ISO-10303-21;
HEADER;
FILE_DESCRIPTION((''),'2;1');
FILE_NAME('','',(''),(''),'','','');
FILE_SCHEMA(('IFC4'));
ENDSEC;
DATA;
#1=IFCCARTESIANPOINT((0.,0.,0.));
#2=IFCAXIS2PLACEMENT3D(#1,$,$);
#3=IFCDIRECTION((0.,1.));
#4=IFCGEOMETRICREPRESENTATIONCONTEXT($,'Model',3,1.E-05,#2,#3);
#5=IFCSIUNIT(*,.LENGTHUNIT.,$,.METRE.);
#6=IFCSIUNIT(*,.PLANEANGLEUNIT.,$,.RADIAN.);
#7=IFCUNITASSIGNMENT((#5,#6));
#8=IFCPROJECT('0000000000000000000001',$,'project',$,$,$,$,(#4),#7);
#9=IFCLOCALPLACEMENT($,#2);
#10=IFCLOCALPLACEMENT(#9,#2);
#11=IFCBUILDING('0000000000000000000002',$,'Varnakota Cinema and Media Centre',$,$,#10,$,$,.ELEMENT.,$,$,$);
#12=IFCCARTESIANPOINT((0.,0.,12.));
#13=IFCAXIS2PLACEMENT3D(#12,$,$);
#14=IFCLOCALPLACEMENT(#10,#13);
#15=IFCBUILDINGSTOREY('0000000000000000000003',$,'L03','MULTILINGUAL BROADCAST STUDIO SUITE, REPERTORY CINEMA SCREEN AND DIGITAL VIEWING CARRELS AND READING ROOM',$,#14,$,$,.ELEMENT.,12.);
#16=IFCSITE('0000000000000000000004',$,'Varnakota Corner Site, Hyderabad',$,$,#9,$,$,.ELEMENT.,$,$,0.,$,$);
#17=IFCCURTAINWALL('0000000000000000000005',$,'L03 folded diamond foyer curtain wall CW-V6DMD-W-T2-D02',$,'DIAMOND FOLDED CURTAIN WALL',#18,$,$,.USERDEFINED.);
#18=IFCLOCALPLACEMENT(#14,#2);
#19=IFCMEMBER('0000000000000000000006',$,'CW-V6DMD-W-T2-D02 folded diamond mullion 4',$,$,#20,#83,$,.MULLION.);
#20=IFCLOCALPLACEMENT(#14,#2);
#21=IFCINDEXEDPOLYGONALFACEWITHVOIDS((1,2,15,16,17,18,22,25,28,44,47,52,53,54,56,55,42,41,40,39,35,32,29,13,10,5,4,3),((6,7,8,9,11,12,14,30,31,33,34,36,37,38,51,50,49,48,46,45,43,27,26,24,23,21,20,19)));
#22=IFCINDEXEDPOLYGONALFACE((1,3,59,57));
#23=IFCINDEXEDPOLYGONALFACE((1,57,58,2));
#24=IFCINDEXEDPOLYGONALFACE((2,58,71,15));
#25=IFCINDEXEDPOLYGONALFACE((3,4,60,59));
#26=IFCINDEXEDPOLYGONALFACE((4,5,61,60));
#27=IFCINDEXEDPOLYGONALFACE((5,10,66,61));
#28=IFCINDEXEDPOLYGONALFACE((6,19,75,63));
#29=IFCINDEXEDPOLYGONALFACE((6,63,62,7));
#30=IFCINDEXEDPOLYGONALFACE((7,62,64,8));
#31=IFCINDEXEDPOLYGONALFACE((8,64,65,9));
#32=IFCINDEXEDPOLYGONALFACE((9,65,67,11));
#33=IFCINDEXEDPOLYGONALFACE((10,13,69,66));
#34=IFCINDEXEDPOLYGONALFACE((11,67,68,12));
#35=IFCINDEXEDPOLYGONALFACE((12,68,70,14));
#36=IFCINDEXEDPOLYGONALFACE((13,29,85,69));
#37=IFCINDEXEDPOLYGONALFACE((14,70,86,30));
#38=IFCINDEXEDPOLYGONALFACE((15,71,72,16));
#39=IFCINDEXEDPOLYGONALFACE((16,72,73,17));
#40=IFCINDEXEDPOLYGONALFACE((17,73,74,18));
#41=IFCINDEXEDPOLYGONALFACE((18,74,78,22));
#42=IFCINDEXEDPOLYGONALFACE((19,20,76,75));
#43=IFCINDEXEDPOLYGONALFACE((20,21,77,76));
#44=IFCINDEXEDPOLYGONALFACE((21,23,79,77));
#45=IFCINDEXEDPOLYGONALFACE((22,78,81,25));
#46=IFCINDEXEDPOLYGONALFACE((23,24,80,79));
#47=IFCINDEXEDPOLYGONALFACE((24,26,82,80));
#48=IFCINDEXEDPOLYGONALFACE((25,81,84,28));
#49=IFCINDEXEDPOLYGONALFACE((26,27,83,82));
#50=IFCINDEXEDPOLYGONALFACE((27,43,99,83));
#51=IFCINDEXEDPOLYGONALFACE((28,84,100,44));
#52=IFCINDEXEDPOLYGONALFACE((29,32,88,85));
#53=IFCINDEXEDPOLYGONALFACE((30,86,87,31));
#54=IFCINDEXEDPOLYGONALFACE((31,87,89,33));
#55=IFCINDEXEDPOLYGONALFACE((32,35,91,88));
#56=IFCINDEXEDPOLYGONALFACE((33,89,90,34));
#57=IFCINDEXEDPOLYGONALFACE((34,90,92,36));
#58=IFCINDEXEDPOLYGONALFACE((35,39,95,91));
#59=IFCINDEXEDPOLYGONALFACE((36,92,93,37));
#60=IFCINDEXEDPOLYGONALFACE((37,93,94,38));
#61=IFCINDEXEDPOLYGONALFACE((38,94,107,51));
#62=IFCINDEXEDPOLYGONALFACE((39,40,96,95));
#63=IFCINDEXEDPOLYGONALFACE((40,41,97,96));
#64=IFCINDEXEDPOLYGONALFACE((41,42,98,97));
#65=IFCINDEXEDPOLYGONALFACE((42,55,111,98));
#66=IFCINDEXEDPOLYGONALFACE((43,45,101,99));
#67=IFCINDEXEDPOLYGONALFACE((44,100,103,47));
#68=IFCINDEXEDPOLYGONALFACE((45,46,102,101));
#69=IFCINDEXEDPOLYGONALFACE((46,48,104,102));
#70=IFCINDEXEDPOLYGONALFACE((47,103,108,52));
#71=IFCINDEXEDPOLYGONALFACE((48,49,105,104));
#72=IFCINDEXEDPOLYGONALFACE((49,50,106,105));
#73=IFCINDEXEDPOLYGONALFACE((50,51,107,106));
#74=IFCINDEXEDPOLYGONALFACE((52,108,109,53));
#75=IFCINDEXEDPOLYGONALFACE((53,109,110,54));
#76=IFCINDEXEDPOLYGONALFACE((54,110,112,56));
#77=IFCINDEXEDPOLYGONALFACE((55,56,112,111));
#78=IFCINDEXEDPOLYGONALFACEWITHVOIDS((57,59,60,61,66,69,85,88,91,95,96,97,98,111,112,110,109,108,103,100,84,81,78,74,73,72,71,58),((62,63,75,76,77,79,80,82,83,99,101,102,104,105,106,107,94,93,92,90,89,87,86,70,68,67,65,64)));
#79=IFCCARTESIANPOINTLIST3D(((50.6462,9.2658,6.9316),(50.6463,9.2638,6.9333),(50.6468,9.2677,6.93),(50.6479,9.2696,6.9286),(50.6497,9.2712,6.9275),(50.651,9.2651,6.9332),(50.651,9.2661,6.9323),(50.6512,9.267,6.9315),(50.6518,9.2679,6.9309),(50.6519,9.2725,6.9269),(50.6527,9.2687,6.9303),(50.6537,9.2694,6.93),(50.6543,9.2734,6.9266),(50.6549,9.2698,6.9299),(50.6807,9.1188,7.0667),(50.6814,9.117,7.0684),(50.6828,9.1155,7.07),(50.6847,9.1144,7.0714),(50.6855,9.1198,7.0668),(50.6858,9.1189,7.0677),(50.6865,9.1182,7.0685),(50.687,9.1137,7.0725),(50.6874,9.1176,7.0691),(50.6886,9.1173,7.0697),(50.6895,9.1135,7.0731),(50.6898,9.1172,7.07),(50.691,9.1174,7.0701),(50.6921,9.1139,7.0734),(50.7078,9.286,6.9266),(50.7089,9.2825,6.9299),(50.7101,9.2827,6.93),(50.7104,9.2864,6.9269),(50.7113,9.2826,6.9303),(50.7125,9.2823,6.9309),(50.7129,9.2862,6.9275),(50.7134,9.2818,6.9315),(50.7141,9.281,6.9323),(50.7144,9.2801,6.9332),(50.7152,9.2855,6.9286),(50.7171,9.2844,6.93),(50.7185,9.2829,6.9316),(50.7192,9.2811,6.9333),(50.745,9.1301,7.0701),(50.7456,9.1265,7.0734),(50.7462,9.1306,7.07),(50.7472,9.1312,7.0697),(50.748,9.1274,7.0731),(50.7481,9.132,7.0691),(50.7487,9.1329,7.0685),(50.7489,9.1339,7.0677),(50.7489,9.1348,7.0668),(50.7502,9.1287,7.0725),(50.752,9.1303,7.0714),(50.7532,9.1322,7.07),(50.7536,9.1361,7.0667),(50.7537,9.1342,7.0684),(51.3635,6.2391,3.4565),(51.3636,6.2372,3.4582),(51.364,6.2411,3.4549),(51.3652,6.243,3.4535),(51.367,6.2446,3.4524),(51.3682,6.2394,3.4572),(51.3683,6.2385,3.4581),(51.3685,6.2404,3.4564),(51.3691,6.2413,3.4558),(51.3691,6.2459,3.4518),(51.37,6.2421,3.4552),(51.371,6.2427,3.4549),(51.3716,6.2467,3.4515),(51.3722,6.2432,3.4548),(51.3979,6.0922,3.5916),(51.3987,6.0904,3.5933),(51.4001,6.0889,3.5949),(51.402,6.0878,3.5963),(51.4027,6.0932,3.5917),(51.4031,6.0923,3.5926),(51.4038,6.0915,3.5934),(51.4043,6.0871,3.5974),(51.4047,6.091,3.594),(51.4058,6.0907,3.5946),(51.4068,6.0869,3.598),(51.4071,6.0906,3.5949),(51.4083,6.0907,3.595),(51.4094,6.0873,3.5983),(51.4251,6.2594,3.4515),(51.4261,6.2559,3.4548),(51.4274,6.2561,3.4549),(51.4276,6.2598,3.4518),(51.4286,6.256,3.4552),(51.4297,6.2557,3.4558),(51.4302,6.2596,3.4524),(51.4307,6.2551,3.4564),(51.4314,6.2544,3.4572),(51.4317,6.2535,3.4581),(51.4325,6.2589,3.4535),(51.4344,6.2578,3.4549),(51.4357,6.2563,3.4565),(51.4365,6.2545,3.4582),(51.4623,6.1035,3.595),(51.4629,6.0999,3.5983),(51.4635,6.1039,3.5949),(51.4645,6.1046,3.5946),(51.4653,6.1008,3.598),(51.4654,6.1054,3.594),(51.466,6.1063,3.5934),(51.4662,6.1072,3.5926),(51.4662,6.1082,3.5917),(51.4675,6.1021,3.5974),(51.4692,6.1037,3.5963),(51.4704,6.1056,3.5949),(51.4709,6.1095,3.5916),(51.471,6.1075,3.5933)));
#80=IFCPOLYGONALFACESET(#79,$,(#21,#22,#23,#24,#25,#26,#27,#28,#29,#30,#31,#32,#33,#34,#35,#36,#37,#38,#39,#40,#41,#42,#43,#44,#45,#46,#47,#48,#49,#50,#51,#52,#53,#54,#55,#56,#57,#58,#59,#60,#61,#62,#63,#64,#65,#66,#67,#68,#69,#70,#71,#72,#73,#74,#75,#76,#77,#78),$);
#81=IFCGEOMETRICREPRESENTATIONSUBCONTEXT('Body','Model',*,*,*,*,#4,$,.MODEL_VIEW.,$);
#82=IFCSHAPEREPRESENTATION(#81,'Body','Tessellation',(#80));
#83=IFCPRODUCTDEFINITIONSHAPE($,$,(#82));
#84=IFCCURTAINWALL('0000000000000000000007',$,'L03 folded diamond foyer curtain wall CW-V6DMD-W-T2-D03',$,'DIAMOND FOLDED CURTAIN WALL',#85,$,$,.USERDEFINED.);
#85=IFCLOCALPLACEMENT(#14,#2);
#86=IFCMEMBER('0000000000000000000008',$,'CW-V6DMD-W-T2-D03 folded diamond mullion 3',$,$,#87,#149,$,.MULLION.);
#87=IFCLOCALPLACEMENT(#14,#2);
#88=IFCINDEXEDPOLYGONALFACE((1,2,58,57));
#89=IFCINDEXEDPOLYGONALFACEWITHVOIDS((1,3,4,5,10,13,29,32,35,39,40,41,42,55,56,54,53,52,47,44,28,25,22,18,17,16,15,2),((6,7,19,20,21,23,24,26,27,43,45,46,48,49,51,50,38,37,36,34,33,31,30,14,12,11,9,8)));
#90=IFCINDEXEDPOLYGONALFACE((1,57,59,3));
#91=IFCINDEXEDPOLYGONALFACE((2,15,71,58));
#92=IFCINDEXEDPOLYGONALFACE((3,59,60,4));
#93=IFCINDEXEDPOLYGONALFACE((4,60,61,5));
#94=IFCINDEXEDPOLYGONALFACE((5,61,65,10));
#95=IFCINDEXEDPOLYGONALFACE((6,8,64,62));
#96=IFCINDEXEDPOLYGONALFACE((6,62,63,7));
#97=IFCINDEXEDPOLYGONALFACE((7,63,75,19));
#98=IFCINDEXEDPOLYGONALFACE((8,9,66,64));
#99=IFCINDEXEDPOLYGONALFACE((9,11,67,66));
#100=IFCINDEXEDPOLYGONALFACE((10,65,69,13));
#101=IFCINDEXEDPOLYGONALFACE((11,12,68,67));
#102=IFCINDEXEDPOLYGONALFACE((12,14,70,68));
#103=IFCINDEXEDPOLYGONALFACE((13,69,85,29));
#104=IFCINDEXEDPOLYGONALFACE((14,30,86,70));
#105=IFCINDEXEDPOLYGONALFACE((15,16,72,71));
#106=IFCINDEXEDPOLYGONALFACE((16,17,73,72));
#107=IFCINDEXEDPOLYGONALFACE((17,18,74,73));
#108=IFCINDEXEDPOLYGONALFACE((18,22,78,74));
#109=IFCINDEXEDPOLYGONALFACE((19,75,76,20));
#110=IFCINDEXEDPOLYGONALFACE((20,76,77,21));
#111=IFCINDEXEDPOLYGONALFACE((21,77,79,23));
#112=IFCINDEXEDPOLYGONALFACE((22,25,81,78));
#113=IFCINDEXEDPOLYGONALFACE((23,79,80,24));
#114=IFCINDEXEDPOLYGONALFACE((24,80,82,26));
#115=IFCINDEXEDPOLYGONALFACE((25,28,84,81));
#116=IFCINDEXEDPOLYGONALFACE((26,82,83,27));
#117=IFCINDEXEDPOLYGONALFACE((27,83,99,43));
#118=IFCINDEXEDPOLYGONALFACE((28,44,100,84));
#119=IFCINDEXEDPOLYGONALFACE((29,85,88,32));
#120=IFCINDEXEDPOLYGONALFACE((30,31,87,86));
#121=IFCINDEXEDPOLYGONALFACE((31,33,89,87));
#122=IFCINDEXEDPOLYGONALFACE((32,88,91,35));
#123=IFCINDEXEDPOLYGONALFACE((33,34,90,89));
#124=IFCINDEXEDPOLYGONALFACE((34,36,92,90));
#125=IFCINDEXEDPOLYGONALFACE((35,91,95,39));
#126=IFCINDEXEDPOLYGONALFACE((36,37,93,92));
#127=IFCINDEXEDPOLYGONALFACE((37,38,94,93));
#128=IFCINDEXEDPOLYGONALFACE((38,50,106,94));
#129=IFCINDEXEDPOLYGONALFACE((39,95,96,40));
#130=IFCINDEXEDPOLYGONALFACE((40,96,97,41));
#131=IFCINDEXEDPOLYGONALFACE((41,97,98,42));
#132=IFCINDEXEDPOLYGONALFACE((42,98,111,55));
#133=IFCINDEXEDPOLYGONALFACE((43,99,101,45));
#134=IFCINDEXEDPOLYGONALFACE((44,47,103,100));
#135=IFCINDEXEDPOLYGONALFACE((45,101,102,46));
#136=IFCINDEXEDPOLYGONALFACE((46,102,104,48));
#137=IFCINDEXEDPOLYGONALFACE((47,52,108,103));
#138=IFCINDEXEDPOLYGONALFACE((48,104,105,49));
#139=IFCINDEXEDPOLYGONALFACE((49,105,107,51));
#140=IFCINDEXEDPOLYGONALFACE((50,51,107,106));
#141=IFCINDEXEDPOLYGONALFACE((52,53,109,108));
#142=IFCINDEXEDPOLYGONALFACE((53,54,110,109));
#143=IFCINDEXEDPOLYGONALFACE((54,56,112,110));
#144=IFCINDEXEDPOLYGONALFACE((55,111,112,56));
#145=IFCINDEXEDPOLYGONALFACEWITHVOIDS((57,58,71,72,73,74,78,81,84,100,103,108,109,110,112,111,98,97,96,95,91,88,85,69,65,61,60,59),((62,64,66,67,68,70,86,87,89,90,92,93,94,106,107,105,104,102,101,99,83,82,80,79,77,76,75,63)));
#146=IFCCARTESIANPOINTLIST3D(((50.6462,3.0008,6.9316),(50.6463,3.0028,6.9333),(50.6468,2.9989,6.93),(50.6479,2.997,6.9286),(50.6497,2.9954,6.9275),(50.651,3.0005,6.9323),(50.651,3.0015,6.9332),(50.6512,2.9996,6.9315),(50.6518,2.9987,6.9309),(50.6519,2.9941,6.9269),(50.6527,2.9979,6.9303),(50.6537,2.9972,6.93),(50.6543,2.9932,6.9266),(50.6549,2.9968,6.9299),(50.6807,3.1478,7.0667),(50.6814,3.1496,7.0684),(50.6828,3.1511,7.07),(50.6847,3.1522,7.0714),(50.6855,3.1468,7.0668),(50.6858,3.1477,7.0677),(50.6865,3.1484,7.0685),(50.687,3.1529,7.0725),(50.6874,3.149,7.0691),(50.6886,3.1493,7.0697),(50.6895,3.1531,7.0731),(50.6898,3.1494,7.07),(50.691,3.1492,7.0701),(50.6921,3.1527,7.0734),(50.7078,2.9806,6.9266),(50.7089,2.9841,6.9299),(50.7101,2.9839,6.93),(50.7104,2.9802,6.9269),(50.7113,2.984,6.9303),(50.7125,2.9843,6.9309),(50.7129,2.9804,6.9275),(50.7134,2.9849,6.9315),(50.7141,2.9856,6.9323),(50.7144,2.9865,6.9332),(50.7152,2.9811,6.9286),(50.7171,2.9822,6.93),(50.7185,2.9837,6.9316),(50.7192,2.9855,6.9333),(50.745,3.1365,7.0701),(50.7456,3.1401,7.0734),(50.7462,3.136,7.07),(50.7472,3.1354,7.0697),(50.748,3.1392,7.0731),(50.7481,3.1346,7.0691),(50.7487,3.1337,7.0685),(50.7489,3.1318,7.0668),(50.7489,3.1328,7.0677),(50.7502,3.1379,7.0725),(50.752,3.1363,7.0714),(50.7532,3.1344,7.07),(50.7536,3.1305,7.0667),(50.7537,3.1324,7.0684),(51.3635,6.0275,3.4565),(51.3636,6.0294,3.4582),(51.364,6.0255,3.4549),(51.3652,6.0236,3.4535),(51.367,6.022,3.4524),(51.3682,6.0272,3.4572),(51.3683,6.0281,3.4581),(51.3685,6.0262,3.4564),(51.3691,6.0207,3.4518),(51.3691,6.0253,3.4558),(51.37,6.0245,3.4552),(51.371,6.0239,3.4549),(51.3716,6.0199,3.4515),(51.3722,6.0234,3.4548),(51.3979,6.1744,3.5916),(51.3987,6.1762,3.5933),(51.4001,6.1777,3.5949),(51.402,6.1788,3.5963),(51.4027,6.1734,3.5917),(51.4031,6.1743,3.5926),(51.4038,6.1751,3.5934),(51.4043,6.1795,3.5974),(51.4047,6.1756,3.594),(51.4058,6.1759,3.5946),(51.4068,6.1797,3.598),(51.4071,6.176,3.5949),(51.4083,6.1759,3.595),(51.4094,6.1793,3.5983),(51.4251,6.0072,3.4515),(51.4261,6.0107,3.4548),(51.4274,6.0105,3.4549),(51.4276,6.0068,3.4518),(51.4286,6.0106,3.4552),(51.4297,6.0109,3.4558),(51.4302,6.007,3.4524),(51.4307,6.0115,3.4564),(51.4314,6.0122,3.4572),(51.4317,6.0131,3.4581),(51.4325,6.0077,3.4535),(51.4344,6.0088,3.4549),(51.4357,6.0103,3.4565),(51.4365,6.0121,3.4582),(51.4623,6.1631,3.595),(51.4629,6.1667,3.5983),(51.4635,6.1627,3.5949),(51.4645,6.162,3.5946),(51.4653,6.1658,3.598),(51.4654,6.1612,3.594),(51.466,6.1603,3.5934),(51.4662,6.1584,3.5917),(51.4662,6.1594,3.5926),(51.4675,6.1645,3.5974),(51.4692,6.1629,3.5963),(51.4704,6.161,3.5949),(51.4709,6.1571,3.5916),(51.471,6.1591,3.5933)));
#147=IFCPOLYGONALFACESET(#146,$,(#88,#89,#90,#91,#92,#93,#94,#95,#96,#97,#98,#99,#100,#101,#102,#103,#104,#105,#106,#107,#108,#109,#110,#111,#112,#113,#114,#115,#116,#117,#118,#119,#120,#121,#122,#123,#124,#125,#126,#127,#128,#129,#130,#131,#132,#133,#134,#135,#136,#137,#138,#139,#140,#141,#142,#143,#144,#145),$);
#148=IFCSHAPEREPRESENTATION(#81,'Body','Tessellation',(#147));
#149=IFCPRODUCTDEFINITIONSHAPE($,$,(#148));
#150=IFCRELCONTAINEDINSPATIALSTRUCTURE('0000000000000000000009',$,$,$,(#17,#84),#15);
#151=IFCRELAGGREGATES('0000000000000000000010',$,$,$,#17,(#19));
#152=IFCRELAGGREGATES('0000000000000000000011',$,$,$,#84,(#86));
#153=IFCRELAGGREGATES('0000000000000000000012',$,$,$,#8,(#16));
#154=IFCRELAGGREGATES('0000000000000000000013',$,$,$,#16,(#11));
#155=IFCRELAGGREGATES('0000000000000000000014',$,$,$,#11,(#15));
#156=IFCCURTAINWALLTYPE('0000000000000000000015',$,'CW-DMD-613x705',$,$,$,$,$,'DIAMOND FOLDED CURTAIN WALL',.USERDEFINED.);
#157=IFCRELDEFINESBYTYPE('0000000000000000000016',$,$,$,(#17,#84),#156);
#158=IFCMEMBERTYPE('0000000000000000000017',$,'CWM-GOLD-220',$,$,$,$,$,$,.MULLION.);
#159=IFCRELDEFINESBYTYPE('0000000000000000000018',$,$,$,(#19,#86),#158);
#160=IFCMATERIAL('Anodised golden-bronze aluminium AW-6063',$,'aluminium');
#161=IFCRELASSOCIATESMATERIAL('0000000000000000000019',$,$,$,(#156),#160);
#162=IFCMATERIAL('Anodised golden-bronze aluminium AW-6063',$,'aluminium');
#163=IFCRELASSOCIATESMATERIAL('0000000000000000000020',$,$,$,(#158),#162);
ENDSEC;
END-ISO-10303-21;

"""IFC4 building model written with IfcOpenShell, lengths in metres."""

from ifc_helpers import new_model, si_unit, direction, frame, origin, origin_2d, place, context, subcontext, project, spatial, hollow_rectangle, extrude, material, material_profile, profile_set, type_object, element, aggregate, save


model = new_model("IFC4")

# Units and contexts
model_context = context("Model", 3, precision=1e-05, world=origin(), true_north=direction((0.0, 1.0)))
body_context = subcontext(model_context, "Body", "Model", "MODEL_VIEW")
ifc_project = project(units=[si_unit("LENGTHUNIT", "METRE"), si_unit("PLANEANGLEUNIT", "RADIAN")], contexts=[model_context])

# Site, building, storey
site_placement = place(None, origin())
site = spatial("IfcSite", under=ifc_project, at=site_placement, Name="Varnakota Corner Site, Hyderabad", CompositionType="ELEMENT", RefElevation=0.0)
building_placement = place(site_placement, origin())
building = spatial("IfcBuilding", under=site, at=building_placement, Name="Varnakota Cinema and Media Centre", CompositionType="ELEMENT")
storey_placement = place(building_placement, frame((0.0, 0.0, 12.0)))
storey = spatial("IfcBuildingStorey", under=building, at=storey_placement, Name="L03", Description="MULTILINGUAL BROADCAST STUDIO SUITE, REPERTORY CINEMA SCREEN AND DIGITAL VIEWING CARRELS AND READING ROOM", CompositionType="ELEMENT", Elevation=12.0)

# Curtain wall, member
ifc_material_1 = material(Name="Anodised golden-bronze aluminium AW-6063", Category="aluminium")
curtain_wall_type = type_object("IfcCurtainWallType", Name="CW-DMD-613x705", ElementType="DIAMOND FOLDED CURTAIN WALL", PredefinedType="USERDEFINED", material=ifc_material_1)
ifc_material_2 = material(Name="Anodised golden-bronze aluminium AW-6063", Category="aluminium")
ifc_material_profile_1 = material_profile(ifc_material_2, hollow_rectangle(XDim=0.075, YDim=0.22, WallThickness=0.0049, InnerFilletRadius=0.0049, OuterFilletRadius=0.01, at=origin_2d()), Name="AL-MULLION 220x75x5")
ifc_profile_set_1 = profile_set([ifc_material_profile_1], Name="Anodised golden-bronze aluminium AW-6063")
member_type_1 = type_object("IfcMemberType", Name="CWM-GOLD-220", PredefinedType="MULLION", material=ifc_profile_set_1)
curtain_wall_1_placement = place(storey_placement, origin())
curtain_wall_1 = element("IfcCurtainWall", 1, at=curtain_wall_1_placement, inside=storey, type_object=curtain_wall_type, Name="L03 folded diamond foyer curtain wall CW-V6DMD-W-T2-D02", ObjectType="DIAMOND FOLDED CURTAIN WALL", PredefinedType="USERDEFINED")
member_1_placement = place(storey_placement, frame((51.4172, 6.1733, 3.5249), z_axis=(-0.153798, 0.648956, 0.745119), x_axis=(-0.973047, -0.230605, 0.0)))
member_1 = element("IfcMember", 2, at=member_1_placement, type_object=member_type_1, Name="CW-V6DMD-W-T2-D02 folded diamond mullion 4", PredefinedType="MULLION", context=body_context, shape_type="SweptSolid", body=[
    extrude(hollow_rectangle(XDim=0.075, YDim=0.22, WallThickness=0.0049, InnerFilletRadius=0.0049, OuterFilletRadius=0.01, at=origin_2d()), origin(), (0.0, 0.0, 1.0), 4.6638),
])

# Curtain wall, member
curtain_wall_2_placement = place(storey_placement, origin())
curtain_wall_2 = element("IfcCurtainWall", 3, at=curtain_wall_2_placement, inside=storey, type_object=curtain_wall_type, Name="L03 folded diamond foyer curtain wall CW-V6DMD-W-T2-D03", ObjectType="DIAMOND FOLDED CURTAIN WALL", PredefinedType="USERDEFINED")
member_2_placement = place(storey_placement, frame((51.4172, 6.0933, 3.5249), z_axis=(-0.153798, -0.648956, 0.745119), x_axis=(0.973047, -0.230605, 0.0)))
member_2 = element("IfcMember", 4, at=member_2_placement, type_object=member_type_1, Name="CW-V6DMD-W-T2-D03 folded diamond mullion 3", PredefinedType="MULLION", context=body_context, shape_type="SweptSolid", body=[
    extrude(hollow_rectangle(XDim=0.075, YDim=0.22, WallThickness=0.0049, InnerFilletRadius=0.0049, OuterFilletRadius=0.01, at=origin_2d()), origin(), (0.0, 0.0, 1.0), 4.6638),
])

aggregate(curtain_wall_1, [member_1])
aggregate(curtain_wall_2, [member_2])

save(model, "model.ifc")
